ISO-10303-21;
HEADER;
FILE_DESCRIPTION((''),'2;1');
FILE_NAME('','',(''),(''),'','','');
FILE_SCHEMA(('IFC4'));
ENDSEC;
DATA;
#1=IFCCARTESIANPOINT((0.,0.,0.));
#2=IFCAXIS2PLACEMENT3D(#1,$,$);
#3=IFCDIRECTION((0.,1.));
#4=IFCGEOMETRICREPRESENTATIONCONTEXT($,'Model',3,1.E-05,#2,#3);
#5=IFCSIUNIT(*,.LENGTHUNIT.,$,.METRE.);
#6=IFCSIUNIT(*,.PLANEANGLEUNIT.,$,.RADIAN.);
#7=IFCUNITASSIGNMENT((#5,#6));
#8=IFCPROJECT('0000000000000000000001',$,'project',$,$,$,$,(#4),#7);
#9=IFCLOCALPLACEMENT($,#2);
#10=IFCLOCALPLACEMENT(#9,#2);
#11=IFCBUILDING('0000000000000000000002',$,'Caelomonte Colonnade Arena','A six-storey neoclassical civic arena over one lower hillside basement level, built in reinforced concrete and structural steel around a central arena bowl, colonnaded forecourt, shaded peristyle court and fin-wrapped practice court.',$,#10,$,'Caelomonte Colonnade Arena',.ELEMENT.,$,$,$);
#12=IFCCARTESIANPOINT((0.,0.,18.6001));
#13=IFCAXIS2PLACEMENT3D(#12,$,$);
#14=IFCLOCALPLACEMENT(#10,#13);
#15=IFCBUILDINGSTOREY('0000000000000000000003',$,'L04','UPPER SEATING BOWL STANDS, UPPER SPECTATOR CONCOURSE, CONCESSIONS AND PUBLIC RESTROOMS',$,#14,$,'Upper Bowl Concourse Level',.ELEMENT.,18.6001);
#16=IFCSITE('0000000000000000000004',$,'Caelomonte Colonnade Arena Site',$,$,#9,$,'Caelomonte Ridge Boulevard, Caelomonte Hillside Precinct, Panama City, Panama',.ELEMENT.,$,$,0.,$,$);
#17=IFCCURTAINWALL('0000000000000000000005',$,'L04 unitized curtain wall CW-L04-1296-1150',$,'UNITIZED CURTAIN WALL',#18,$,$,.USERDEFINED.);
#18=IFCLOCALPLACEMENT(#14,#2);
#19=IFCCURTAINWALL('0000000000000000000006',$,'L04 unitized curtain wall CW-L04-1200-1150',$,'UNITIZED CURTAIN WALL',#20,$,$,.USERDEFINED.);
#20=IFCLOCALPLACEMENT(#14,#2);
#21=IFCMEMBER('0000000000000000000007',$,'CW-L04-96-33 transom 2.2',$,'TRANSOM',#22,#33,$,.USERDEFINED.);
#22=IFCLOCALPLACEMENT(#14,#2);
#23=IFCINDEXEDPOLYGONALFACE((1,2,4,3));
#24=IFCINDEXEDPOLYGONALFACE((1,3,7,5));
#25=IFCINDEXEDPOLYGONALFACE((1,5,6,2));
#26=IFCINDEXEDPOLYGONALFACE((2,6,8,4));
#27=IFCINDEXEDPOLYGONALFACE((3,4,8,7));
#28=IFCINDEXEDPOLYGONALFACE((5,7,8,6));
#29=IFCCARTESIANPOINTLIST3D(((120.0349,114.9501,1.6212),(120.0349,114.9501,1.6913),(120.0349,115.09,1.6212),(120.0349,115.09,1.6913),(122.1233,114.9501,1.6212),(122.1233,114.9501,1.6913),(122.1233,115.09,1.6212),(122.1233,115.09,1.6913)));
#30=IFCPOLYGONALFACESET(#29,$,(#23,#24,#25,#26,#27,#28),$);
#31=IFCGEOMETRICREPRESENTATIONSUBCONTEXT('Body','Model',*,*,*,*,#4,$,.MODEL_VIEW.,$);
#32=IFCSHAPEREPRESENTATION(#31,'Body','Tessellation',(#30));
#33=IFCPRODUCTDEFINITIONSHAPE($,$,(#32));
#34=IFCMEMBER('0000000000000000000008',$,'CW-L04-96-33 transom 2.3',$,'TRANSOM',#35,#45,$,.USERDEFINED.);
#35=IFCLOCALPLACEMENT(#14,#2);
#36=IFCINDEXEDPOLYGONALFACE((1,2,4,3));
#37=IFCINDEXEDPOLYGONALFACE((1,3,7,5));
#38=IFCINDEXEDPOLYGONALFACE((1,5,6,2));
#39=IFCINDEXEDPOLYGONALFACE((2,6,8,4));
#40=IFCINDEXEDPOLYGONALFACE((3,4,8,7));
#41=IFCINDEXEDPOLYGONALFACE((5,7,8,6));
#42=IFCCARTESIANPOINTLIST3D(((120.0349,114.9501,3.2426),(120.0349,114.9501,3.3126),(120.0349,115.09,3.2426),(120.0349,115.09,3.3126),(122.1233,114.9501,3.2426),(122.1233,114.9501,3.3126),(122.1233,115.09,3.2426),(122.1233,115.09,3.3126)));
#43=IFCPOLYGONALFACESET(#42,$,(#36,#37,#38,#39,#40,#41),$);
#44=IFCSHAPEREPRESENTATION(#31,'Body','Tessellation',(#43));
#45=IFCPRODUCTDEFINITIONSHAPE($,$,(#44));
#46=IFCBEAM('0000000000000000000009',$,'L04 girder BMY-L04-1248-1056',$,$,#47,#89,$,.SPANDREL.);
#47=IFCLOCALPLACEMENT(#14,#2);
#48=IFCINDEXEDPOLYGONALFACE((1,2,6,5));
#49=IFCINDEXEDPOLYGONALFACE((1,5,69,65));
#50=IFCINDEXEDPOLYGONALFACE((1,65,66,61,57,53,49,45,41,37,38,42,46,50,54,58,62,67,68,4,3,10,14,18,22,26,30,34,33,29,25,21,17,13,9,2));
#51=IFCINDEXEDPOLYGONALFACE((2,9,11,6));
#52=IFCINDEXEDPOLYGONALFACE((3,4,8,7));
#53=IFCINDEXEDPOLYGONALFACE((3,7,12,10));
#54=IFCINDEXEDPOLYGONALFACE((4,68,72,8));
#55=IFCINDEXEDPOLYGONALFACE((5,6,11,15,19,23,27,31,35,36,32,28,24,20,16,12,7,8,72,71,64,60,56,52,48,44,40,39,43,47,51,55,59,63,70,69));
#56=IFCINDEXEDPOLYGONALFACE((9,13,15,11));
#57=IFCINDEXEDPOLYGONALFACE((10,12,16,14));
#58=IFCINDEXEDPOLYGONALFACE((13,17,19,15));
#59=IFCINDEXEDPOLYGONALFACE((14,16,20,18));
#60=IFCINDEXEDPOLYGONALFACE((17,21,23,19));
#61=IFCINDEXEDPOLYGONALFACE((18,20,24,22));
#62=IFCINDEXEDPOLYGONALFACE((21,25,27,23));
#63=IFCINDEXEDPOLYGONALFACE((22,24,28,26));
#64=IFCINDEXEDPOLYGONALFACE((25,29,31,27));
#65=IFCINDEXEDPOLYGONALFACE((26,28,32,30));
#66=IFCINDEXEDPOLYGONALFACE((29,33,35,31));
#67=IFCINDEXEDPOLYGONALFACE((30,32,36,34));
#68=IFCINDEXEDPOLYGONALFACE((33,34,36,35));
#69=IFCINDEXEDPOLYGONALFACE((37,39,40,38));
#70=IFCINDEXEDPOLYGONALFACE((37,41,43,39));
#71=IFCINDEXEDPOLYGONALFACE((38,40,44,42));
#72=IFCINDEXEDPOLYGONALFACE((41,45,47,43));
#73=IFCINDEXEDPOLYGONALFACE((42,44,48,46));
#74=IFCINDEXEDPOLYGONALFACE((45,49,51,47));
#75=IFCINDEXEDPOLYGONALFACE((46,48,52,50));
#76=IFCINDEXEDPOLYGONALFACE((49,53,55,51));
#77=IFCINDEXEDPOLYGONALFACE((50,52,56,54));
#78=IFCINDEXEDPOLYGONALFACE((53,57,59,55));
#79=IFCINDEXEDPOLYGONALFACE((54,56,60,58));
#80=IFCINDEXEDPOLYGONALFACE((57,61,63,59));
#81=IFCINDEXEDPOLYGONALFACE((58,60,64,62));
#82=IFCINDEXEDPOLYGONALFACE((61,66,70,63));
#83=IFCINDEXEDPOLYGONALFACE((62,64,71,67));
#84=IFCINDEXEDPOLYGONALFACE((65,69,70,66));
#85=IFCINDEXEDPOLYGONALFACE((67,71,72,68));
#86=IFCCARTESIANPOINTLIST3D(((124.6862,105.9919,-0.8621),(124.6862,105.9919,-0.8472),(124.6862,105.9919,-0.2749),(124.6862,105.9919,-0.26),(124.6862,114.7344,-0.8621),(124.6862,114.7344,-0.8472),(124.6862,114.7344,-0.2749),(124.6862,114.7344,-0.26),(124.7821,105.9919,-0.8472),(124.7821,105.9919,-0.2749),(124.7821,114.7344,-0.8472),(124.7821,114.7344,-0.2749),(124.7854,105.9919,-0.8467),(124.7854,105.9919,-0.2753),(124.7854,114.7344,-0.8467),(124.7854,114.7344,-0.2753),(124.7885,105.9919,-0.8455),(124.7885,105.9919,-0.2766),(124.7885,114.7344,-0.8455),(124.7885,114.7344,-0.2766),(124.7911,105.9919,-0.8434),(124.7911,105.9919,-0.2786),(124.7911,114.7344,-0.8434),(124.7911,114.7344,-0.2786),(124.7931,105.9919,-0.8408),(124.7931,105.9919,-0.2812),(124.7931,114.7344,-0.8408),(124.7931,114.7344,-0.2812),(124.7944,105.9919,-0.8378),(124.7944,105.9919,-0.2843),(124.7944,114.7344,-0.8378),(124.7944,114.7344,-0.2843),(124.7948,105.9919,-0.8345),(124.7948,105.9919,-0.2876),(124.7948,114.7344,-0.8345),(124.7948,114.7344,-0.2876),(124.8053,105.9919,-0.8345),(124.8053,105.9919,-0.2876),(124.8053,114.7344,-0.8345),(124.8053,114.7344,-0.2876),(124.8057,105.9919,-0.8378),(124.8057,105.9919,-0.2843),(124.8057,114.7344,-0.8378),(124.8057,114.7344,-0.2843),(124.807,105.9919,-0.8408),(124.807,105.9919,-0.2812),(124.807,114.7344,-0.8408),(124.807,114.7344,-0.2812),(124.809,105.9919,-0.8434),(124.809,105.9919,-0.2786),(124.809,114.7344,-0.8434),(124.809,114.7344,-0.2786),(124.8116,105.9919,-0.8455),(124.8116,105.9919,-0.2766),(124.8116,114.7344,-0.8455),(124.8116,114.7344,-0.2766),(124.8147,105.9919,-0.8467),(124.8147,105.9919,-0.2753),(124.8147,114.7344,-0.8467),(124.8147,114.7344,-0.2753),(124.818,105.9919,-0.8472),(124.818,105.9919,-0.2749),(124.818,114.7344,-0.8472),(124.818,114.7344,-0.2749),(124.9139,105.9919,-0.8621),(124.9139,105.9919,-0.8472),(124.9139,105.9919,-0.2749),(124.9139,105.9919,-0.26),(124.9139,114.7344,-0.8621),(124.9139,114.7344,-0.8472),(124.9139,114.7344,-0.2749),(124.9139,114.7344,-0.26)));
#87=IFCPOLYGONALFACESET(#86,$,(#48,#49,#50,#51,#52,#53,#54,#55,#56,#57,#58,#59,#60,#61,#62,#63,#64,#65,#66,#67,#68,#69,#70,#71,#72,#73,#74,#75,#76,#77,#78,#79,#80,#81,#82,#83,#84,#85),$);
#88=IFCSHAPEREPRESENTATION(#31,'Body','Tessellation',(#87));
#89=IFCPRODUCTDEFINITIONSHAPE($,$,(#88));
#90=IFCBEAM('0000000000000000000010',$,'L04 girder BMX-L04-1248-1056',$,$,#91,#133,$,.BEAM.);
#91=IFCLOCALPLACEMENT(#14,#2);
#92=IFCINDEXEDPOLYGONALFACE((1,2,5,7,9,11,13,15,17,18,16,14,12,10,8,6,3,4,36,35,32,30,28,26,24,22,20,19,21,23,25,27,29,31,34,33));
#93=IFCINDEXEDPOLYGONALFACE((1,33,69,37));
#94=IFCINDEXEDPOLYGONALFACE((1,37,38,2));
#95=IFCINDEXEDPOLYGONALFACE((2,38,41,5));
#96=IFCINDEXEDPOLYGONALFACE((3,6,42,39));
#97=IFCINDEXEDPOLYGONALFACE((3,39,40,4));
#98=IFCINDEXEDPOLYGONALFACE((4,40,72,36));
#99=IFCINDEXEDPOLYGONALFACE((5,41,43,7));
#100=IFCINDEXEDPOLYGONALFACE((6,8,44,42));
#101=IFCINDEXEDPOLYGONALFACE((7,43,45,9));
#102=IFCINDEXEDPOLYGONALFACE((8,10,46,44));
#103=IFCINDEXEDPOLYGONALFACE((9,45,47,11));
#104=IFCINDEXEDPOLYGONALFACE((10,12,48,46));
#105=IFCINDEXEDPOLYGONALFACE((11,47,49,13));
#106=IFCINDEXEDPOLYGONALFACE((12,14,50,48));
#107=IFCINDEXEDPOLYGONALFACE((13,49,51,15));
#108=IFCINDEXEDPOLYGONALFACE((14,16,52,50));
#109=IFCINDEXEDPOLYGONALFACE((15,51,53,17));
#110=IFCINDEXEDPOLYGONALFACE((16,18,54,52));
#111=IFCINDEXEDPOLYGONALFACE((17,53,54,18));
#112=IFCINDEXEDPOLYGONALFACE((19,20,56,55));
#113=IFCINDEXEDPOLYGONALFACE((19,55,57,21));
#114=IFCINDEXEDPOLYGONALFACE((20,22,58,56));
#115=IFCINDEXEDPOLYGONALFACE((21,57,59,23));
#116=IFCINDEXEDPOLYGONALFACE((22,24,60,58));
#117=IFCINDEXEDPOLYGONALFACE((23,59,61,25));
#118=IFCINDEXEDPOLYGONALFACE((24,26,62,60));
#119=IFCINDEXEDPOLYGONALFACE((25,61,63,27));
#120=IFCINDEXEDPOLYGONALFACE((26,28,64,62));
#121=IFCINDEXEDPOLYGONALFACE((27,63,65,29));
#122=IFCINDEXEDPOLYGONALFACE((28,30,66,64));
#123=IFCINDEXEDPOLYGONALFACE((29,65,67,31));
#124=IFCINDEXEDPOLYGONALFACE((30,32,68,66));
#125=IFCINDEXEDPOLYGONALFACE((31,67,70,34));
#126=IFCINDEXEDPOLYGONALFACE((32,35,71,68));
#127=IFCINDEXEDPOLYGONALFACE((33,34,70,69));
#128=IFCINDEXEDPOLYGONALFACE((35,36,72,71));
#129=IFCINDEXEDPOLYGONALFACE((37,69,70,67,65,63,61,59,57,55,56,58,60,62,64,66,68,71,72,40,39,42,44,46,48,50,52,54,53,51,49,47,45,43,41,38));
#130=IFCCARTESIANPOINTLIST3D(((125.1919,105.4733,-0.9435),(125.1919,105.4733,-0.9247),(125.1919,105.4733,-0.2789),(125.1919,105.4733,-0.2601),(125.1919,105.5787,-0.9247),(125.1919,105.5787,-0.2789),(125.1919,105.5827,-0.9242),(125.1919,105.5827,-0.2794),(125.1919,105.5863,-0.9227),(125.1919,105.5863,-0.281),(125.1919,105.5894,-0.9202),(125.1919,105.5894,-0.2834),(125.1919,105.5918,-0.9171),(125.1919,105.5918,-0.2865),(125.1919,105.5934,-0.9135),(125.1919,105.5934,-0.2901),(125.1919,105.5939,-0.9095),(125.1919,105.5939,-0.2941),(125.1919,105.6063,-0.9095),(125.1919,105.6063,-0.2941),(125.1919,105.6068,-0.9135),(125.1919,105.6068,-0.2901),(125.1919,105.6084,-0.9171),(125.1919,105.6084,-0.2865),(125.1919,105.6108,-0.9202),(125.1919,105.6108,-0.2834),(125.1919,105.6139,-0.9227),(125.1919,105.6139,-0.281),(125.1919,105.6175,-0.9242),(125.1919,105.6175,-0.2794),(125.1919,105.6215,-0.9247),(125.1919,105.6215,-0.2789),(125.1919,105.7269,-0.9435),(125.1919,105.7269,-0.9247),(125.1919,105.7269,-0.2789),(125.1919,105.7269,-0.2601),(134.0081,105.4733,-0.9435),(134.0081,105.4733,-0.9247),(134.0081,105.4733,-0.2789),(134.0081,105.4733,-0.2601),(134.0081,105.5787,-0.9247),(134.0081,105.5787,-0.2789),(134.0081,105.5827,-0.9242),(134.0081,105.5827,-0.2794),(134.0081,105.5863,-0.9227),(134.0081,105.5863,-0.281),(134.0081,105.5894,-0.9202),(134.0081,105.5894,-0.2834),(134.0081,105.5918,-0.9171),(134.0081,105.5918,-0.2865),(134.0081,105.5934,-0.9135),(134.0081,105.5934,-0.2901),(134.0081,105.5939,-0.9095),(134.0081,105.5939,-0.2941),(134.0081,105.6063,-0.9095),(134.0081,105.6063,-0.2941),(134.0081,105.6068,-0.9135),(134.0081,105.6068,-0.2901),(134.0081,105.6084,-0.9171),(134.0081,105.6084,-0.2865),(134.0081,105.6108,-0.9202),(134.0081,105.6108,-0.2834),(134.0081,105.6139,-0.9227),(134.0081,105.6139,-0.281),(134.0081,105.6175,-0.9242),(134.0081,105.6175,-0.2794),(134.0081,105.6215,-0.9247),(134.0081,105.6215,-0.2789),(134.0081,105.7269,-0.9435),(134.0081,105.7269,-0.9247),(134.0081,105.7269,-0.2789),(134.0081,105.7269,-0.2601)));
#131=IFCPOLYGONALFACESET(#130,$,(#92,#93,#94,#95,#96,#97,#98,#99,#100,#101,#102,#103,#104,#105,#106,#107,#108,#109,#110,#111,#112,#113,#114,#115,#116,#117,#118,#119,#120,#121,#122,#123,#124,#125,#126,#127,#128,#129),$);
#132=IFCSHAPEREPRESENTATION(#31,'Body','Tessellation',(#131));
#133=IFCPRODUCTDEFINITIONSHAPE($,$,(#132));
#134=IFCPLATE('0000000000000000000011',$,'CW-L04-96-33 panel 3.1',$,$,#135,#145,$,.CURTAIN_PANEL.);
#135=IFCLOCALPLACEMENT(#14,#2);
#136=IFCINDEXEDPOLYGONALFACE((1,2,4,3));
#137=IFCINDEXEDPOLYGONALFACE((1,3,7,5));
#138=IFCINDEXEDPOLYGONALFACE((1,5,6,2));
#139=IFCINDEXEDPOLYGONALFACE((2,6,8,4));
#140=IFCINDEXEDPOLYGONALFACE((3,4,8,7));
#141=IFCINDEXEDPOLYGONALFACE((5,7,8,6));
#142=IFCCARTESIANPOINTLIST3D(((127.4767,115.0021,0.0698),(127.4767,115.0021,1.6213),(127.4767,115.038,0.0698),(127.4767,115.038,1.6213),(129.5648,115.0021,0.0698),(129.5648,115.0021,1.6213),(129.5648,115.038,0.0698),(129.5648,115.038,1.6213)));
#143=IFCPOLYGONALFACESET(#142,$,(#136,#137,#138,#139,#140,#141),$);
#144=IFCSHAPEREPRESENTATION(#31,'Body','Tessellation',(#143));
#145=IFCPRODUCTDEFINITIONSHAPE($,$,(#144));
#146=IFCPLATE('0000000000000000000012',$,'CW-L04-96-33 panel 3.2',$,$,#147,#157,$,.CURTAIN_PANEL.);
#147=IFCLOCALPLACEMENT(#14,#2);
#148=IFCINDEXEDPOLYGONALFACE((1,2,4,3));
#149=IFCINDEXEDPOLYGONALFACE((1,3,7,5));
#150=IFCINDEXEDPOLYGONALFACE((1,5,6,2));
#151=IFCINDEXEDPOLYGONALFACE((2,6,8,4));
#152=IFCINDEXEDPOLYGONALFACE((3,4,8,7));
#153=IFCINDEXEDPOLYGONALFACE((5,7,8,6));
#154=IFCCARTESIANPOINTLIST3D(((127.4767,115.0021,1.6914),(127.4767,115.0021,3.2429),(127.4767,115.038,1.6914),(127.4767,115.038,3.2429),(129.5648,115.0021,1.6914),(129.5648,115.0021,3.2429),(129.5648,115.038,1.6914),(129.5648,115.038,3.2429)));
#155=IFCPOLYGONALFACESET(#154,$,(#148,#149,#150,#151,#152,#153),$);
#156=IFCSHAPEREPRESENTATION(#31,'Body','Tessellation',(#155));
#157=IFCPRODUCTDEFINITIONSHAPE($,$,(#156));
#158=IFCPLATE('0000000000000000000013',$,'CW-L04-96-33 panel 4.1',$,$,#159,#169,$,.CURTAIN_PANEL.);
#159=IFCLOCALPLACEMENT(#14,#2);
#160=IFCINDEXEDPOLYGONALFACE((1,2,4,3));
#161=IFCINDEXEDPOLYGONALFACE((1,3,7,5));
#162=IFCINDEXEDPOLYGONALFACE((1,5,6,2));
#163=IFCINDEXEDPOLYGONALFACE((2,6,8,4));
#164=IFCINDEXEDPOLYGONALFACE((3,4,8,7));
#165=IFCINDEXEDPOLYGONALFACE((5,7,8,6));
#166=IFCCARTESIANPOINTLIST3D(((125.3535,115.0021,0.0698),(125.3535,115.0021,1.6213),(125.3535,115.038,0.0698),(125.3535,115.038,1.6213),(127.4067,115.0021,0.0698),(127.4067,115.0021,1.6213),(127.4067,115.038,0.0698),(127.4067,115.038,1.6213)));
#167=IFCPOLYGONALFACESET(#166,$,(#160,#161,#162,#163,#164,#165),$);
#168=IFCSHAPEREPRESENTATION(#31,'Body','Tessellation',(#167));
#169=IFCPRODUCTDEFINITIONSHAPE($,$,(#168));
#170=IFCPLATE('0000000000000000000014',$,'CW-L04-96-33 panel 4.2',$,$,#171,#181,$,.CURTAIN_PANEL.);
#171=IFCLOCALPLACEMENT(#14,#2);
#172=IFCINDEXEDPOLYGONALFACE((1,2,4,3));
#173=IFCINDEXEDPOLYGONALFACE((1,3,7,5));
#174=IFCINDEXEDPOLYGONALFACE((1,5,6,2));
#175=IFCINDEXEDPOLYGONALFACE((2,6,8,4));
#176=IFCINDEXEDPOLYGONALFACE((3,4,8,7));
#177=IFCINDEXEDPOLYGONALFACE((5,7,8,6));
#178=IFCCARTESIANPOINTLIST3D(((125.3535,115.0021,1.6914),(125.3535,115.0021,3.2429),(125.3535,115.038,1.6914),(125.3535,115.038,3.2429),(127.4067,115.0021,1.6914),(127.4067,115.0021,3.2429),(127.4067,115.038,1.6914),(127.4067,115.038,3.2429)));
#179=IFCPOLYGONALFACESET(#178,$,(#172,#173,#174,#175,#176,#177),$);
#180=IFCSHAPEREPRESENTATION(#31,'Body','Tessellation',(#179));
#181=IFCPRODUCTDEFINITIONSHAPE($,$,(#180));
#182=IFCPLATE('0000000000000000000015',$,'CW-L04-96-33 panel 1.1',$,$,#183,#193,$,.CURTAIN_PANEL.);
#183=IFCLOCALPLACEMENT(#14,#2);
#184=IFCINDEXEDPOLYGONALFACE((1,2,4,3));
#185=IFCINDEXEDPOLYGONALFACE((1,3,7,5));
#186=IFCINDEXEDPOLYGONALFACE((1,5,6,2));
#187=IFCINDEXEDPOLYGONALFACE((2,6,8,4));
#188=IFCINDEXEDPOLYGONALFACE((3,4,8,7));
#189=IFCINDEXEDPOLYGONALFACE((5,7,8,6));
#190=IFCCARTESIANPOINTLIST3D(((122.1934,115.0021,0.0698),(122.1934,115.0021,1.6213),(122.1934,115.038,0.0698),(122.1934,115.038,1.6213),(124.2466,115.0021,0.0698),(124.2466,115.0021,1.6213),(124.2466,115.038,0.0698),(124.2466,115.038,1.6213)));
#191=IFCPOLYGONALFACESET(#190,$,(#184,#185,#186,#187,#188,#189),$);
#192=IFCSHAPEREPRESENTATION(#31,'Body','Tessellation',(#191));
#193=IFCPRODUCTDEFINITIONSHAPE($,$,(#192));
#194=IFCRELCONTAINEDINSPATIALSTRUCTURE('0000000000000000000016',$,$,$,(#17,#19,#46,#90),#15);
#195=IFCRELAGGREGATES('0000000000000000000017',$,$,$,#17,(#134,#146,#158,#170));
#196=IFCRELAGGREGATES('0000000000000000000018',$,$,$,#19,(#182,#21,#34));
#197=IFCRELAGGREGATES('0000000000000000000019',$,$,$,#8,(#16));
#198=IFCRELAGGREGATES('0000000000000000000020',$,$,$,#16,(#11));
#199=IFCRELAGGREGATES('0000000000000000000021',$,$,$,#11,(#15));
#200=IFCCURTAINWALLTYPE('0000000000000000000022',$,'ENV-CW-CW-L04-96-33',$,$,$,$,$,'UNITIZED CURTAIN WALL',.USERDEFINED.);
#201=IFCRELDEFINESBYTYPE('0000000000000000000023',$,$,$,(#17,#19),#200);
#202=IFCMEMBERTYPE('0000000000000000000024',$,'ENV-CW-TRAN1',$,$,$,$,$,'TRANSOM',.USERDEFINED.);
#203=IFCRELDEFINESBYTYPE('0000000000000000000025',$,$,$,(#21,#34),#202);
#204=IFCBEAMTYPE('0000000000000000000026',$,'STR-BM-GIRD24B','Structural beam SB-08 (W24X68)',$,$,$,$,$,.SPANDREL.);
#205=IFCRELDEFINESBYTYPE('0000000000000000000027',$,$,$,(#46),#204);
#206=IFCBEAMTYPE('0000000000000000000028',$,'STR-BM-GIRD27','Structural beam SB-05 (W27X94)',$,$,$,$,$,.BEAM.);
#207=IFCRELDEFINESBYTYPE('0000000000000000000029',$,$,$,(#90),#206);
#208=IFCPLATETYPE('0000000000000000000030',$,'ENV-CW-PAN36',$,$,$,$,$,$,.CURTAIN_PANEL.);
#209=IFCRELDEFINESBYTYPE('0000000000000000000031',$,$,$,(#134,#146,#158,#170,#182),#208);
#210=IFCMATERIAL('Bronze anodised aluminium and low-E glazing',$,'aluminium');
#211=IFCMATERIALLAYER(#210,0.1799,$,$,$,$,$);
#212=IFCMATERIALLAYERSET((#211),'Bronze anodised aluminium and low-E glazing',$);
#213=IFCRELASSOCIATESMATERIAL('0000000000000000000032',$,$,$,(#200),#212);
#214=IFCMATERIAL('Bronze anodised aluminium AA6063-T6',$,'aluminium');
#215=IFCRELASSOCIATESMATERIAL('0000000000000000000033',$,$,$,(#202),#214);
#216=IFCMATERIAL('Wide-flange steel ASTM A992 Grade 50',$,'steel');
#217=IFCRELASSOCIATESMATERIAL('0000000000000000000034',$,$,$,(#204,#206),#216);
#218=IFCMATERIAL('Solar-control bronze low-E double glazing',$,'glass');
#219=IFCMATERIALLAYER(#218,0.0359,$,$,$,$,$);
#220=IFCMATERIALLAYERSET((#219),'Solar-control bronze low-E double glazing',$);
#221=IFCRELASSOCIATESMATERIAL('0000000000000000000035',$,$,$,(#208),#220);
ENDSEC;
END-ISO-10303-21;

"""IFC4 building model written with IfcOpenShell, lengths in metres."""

from ifc_helpers import new_model, si_unit, direction, frame, origin, origin_2d, place, context, subcontext, project, spatial, rectangle, i_section, extrude, material, layer, layer_set, material_profile, profile_set, type_object, element, aggregate, save


model = new_model("IFC4")

# Units and contexts
model_context = context("Model", 3, precision=1e-05, world=origin(), true_north=direction((0.0, 1.0)))
body_context = subcontext(model_context, "Body", "Model", "MODEL_VIEW")
ifc_project = project(units=[si_unit("LENGTHUNIT", "METRE"), si_unit("PLANEANGLEUNIT", "RADIAN")], contexts=[model_context])

# Site, building, storey
site_placement = place(None, origin())
site = spatial("IfcSite", under=ifc_project, at=site_placement, Name="Caelomonte Colonnade Arena Site", LongName="Caelomonte Ridge Boulevard, Caelomonte Hillside Precinct, Panama City, Panama", CompositionType="ELEMENT", RefElevation=0.0)
building_placement = place(site_placement, origin())
building = spatial("IfcBuilding", under=site, at=building_placement, Name="Caelomonte Colonnade Arena", Description="A six-storey neoclassical civic arena over one lower hillside basement level, built in reinforced concrete and structural steel around a central arena bowl, colonnaded forecourt, shaded peristyle court and fin-wrapped practice court.", LongName="Caelomonte Colonnade Arena", CompositionType="ELEMENT")
storey_placement = place(building_placement, frame((0.0, 0.0, 18.6001)))
storey = spatial("IfcBuildingStorey", under=building, at=storey_placement, Name="L04", Description="UPPER SEATING BOWL STANDS, UPPER SPECTATOR CONCOURSE, CONCESSIONS AND PUBLIC RESTROOMS", LongName="Upper Bowl Concourse Level", CompositionType="ELEMENT", Elevation=18.6001)

# Curtain walls
ifc_material_1 = material(Name="Bronze anodised aluminium and low-E glazing", Category="aluminium")
ifc_layer_1 = layer(ifc_material_1, 0.1799)
ifc_layer_set_1 = layer_set([ifc_layer_1], Name="Bronze anodised aluminium and low-E glazing")
curtain_wall_type = type_object("IfcCurtainWallType", Name="ENV-CW-CW-L04-96-33", ElementType="UNITIZED CURTAIN WALL", PredefinedType="USERDEFINED", material=ifc_layer_set_1)
curtain_wall_1_placement = place(storey_placement, origin())
curtain_wall_1 = element("IfcCurtainWall", 1, at=curtain_wall_1_placement, inside=storey, type_object=curtain_wall_type, Name="L04 unitized curtain wall CW-L04-1296-1150", ObjectType="UNITIZED CURTAIN WALL", PredefinedType="USERDEFINED")
ifc_material_2 = material(Name="Bronze anodised aluminium AA6063-T6", Category="aluminium")
curtain_wall_2_placement = place(storey_placement, origin())
curtain_wall_2 = element("IfcCurtainWall", 2, at=curtain_wall_2_placement, inside=storey, type_object=curtain_wall_type, Name="L04 unitized curtain wall CW-L04-1200-1150", ObjectType="UNITIZED CURTAIN WALL", PredefinedType="USERDEFINED")

# Members
ifc_material_profile_1 = material_profile(ifc_material_2, rectangle(XDim=0.0701, YDim=0.1399, at=origin_2d()), Name="CWT-70X140")
ifc_profile_set_1 = profile_set([ifc_material_profile_1], Name="Bronze anodised aluminium AA6063-T6")
member_type_1 = type_object("IfcMemberType", Name="ENV-CW-TRAN1", ElementType="TRANSOM", PredefinedType="USERDEFINED", material=ifc_profile_set_1)
member_1_placement = place(storey_placement, frame((122.1233, 115.02, 1.6562), z_axis=(-1.0, 0.0, 0.0), x_axis=(0.0, 0.0, 1.0)))
member_1 = element("IfcMember", 3, at=member_1_placement, type_object=member_type_1, Name="CW-L04-96-33 transom 2.2", ObjectType="TRANSOM", PredefinedType="USERDEFINED", context=body_context, shape_type="SweptSolid", body=[
    extrude(rectangle(XDim=0.0701, YDim=0.1399, at=origin_2d()), origin(), (0.0, 0.0, 1.0), 2.0884),
])
member_2_placement = place(storey_placement, frame((122.1233, 115.02, 3.2776), z_axis=(-1.0, 0.0, 0.0), x_axis=(0.0, 0.0, 1.0)))
member_2 = element("IfcMember", 4, at=member_2_placement, type_object=member_type_1, Name="CW-L04-96-33 transom 2.3", ObjectType="TRANSOM", PredefinedType="USERDEFINED", context=body_context, shape_type="SweptSolid", body=[
    extrude(rectangle(XDim=0.0701, YDim=0.1399, at=origin_2d()), origin(), (0.0, 0.0, 1.0), 2.0884),
])

# Beams
ifc_material_3 = material(Name="Wide-flange steel ASTM A992 Grade 50", Category="steel")
ifc_material_profile_2 = material_profile(ifc_material_3, i_section(OverallWidth=0.2278, OverallDepth=0.6021, WebThickness=0.0105, FlangeThickness=0.0149, FilletRadius=0.0127, at=origin_2d()), Name="W24X68")
ifc_profile_set_2 = profile_set([ifc_material_profile_2], Name="Wide-flange steel ASTM A992 Grade 50")
beam_type_1 = type_object("IfcBeamType", Name="STR-BM-GIRD24B", Description="Structural beam SB-08 (W24X68)", PredefinedType="SPANDREL", material=ifc_profile_set_2)
beam_1_placement = place(storey_placement, frame((124.8, 105.9919, -0.561), z_axis=(0.0, 1.0, 0.0), x_axis=(-1.0, 0.0, 0.0)))
element("IfcBeam", 5, at=beam_1_placement, inside=storey, type_object=beam_type_1, Name="L04 girder BMY-L04-1248-1056", PredefinedType="SPANDREL", context=body_context, shape_type="SweptSolid", body=[
    extrude(i_section(OverallWidth=0.2278, OverallDepth=0.6021, WebThickness=0.0105, FlangeThickness=0.0149, FilletRadius=0.0127, at=origin_2d()), origin(), (0.0, 0.0, 1.0), 8.7424),
])
ifc_material_profile_3 = material_profile(ifc_material_3, i_section(OverallWidth=0.2537, OverallDepth=0.6833, WebThickness=0.0125, FlangeThickness=0.0188, FilletRadius=0.0151, at=origin_2d()), Name="W27X94")
ifc_profile_set_3 = profile_set([ifc_material_profile_3], Name="Wide-flange steel ASTM A992 Grade 50")
beam_type_2 = type_object("IfcBeamType", Name="STR-BM-GIRD27", Description="Structural beam SB-05 (W27X94)", PredefinedType="BEAM", material=ifc_profile_set_3)
beam_2_placement = place(storey_placement, frame((125.1919, 105.6001, -0.6018), z_axis=(1.0, 0.0, 0.0), x_axis=(0.0, 1.0, 0.0)))
element("IfcBeam", 6, at=beam_2_placement, inside=storey, type_object=beam_type_2, Name="L04 girder BMX-L04-1248-1056", PredefinedType="BEAM", context=body_context, shape_type="SweptSolid", body=[
    extrude(i_section(OverallWidth=0.2537, OverallDepth=0.6833, WebThickness=0.0125, FlangeThickness=0.0188, FilletRadius=0.0151, at=origin_2d()), origin(), (0.0, 0.0, 1.0), 8.8162),
])

# Plates
ifc_material_4 = material(Name="Solar-control bronze low-E double glazing", Category="glass")
ifc_layer_2 = layer(ifc_material_4, 0.0359)
ifc_layer_set_2 = layer_set([ifc_layer_2], Name="Solar-control bronze low-E double glazing")
plate_type = type_object("IfcPlateType", Name="ENV-CW-PAN36", PredefinedType="CURTAIN_PANEL", material=ifc_layer_set_2)
plate_1_placement = place(storey_placement, frame((128.5208, 115.02, 0.0698), z_axis=(0.0, 0.0, 1.0), x_axis=(-1.0, 0.0, 0.0)))
plate_1 = element("IfcPlate", 7, at=plate_1_placement, type_object=plate_type, Name="CW-L04-96-33 panel 3.1", PredefinedType="CURTAIN_PANEL", context=body_context, shape_type="SweptSolid", body=[
    extrude(rectangle(XDim=2.0881, YDim=0.0359, at=origin_2d()), origin(), (0.0, 0.0, 1.0), 1.5515),
])
plate_2_placement = place(storey_placement, frame((128.5208, 115.02, 1.6914), z_axis=(0.0, 0.0, 1.0), x_axis=(-1.0, 0.0, 0.0)))
plate_2 = element("IfcPlate", 8, at=plate_2_placement, type_object=plate_type, Name="CW-L04-96-33 panel 3.2", PredefinedType="CURTAIN_PANEL", context=body_context, shape_type="SweptSolid", body=[
    extrude(rectangle(XDim=2.0881, YDim=0.0359, at=origin_2d()), origin(), (0.0, 0.0, 1.0), 1.5515),
])
plate_3_placement = place(storey_placement, frame((126.3801, 115.02, 0.0698), z_axis=(0.0, 0.0, 1.0), x_axis=(-1.0, 0.0, 0.0)))
plate_3 = element("IfcPlate", 9, at=plate_3_placement, type_object=plate_type, Name="CW-L04-96-33 panel 4.1", PredefinedType="CURTAIN_PANEL", context=body_context, shape_type="SweptSolid", body=[
    extrude(rectangle(XDim=2.0532, YDim=0.0359, at=origin_2d()), origin(), (0.0, 0.0, 1.0), 1.5515),
])
plate_4_placement = place(storey_placement, frame((126.3801, 115.02, 1.6914), z_axis=(0.0, 0.0, 1.0), x_axis=(-1.0, 0.0, 0.0)))
plate_4 = element("IfcPlate", 10, at=plate_4_placement, type_object=plate_type, Name="CW-L04-96-33 panel 4.2", PredefinedType="CURTAIN_PANEL", context=body_context, shape_type="SweptSolid", body=[
    extrude(rectangle(XDim=2.0532, YDim=0.0359, at=origin_2d()), origin(), (0.0, 0.0, 1.0), 1.5515),
])
aggregate(curtain_wall_1, [plate_1, plate_2, plate_3, plate_4])
plate_5_placement = place(storey_placement, frame((123.22, 115.02, 0.0698), z_axis=(0.0, 0.0, 1.0), x_axis=(-1.0, 0.0, 0.0)))
plate_5 = element("IfcPlate", 11, at=plate_5_placement, type_object=plate_type, Name="CW-L04-96-33 panel 1.1", PredefinedType="CURTAIN_PANEL", context=body_context, shape_type="SweptSolid", body=[
    extrude(rectangle(XDim=2.0532, YDim=0.0359, at=origin_2d()), origin(), (0.0, 0.0, 1.0), 1.5515),
])
aggregate(curtain_wall_2, [plate_5, member_1, member_2])

save(model, "model.ifc")
